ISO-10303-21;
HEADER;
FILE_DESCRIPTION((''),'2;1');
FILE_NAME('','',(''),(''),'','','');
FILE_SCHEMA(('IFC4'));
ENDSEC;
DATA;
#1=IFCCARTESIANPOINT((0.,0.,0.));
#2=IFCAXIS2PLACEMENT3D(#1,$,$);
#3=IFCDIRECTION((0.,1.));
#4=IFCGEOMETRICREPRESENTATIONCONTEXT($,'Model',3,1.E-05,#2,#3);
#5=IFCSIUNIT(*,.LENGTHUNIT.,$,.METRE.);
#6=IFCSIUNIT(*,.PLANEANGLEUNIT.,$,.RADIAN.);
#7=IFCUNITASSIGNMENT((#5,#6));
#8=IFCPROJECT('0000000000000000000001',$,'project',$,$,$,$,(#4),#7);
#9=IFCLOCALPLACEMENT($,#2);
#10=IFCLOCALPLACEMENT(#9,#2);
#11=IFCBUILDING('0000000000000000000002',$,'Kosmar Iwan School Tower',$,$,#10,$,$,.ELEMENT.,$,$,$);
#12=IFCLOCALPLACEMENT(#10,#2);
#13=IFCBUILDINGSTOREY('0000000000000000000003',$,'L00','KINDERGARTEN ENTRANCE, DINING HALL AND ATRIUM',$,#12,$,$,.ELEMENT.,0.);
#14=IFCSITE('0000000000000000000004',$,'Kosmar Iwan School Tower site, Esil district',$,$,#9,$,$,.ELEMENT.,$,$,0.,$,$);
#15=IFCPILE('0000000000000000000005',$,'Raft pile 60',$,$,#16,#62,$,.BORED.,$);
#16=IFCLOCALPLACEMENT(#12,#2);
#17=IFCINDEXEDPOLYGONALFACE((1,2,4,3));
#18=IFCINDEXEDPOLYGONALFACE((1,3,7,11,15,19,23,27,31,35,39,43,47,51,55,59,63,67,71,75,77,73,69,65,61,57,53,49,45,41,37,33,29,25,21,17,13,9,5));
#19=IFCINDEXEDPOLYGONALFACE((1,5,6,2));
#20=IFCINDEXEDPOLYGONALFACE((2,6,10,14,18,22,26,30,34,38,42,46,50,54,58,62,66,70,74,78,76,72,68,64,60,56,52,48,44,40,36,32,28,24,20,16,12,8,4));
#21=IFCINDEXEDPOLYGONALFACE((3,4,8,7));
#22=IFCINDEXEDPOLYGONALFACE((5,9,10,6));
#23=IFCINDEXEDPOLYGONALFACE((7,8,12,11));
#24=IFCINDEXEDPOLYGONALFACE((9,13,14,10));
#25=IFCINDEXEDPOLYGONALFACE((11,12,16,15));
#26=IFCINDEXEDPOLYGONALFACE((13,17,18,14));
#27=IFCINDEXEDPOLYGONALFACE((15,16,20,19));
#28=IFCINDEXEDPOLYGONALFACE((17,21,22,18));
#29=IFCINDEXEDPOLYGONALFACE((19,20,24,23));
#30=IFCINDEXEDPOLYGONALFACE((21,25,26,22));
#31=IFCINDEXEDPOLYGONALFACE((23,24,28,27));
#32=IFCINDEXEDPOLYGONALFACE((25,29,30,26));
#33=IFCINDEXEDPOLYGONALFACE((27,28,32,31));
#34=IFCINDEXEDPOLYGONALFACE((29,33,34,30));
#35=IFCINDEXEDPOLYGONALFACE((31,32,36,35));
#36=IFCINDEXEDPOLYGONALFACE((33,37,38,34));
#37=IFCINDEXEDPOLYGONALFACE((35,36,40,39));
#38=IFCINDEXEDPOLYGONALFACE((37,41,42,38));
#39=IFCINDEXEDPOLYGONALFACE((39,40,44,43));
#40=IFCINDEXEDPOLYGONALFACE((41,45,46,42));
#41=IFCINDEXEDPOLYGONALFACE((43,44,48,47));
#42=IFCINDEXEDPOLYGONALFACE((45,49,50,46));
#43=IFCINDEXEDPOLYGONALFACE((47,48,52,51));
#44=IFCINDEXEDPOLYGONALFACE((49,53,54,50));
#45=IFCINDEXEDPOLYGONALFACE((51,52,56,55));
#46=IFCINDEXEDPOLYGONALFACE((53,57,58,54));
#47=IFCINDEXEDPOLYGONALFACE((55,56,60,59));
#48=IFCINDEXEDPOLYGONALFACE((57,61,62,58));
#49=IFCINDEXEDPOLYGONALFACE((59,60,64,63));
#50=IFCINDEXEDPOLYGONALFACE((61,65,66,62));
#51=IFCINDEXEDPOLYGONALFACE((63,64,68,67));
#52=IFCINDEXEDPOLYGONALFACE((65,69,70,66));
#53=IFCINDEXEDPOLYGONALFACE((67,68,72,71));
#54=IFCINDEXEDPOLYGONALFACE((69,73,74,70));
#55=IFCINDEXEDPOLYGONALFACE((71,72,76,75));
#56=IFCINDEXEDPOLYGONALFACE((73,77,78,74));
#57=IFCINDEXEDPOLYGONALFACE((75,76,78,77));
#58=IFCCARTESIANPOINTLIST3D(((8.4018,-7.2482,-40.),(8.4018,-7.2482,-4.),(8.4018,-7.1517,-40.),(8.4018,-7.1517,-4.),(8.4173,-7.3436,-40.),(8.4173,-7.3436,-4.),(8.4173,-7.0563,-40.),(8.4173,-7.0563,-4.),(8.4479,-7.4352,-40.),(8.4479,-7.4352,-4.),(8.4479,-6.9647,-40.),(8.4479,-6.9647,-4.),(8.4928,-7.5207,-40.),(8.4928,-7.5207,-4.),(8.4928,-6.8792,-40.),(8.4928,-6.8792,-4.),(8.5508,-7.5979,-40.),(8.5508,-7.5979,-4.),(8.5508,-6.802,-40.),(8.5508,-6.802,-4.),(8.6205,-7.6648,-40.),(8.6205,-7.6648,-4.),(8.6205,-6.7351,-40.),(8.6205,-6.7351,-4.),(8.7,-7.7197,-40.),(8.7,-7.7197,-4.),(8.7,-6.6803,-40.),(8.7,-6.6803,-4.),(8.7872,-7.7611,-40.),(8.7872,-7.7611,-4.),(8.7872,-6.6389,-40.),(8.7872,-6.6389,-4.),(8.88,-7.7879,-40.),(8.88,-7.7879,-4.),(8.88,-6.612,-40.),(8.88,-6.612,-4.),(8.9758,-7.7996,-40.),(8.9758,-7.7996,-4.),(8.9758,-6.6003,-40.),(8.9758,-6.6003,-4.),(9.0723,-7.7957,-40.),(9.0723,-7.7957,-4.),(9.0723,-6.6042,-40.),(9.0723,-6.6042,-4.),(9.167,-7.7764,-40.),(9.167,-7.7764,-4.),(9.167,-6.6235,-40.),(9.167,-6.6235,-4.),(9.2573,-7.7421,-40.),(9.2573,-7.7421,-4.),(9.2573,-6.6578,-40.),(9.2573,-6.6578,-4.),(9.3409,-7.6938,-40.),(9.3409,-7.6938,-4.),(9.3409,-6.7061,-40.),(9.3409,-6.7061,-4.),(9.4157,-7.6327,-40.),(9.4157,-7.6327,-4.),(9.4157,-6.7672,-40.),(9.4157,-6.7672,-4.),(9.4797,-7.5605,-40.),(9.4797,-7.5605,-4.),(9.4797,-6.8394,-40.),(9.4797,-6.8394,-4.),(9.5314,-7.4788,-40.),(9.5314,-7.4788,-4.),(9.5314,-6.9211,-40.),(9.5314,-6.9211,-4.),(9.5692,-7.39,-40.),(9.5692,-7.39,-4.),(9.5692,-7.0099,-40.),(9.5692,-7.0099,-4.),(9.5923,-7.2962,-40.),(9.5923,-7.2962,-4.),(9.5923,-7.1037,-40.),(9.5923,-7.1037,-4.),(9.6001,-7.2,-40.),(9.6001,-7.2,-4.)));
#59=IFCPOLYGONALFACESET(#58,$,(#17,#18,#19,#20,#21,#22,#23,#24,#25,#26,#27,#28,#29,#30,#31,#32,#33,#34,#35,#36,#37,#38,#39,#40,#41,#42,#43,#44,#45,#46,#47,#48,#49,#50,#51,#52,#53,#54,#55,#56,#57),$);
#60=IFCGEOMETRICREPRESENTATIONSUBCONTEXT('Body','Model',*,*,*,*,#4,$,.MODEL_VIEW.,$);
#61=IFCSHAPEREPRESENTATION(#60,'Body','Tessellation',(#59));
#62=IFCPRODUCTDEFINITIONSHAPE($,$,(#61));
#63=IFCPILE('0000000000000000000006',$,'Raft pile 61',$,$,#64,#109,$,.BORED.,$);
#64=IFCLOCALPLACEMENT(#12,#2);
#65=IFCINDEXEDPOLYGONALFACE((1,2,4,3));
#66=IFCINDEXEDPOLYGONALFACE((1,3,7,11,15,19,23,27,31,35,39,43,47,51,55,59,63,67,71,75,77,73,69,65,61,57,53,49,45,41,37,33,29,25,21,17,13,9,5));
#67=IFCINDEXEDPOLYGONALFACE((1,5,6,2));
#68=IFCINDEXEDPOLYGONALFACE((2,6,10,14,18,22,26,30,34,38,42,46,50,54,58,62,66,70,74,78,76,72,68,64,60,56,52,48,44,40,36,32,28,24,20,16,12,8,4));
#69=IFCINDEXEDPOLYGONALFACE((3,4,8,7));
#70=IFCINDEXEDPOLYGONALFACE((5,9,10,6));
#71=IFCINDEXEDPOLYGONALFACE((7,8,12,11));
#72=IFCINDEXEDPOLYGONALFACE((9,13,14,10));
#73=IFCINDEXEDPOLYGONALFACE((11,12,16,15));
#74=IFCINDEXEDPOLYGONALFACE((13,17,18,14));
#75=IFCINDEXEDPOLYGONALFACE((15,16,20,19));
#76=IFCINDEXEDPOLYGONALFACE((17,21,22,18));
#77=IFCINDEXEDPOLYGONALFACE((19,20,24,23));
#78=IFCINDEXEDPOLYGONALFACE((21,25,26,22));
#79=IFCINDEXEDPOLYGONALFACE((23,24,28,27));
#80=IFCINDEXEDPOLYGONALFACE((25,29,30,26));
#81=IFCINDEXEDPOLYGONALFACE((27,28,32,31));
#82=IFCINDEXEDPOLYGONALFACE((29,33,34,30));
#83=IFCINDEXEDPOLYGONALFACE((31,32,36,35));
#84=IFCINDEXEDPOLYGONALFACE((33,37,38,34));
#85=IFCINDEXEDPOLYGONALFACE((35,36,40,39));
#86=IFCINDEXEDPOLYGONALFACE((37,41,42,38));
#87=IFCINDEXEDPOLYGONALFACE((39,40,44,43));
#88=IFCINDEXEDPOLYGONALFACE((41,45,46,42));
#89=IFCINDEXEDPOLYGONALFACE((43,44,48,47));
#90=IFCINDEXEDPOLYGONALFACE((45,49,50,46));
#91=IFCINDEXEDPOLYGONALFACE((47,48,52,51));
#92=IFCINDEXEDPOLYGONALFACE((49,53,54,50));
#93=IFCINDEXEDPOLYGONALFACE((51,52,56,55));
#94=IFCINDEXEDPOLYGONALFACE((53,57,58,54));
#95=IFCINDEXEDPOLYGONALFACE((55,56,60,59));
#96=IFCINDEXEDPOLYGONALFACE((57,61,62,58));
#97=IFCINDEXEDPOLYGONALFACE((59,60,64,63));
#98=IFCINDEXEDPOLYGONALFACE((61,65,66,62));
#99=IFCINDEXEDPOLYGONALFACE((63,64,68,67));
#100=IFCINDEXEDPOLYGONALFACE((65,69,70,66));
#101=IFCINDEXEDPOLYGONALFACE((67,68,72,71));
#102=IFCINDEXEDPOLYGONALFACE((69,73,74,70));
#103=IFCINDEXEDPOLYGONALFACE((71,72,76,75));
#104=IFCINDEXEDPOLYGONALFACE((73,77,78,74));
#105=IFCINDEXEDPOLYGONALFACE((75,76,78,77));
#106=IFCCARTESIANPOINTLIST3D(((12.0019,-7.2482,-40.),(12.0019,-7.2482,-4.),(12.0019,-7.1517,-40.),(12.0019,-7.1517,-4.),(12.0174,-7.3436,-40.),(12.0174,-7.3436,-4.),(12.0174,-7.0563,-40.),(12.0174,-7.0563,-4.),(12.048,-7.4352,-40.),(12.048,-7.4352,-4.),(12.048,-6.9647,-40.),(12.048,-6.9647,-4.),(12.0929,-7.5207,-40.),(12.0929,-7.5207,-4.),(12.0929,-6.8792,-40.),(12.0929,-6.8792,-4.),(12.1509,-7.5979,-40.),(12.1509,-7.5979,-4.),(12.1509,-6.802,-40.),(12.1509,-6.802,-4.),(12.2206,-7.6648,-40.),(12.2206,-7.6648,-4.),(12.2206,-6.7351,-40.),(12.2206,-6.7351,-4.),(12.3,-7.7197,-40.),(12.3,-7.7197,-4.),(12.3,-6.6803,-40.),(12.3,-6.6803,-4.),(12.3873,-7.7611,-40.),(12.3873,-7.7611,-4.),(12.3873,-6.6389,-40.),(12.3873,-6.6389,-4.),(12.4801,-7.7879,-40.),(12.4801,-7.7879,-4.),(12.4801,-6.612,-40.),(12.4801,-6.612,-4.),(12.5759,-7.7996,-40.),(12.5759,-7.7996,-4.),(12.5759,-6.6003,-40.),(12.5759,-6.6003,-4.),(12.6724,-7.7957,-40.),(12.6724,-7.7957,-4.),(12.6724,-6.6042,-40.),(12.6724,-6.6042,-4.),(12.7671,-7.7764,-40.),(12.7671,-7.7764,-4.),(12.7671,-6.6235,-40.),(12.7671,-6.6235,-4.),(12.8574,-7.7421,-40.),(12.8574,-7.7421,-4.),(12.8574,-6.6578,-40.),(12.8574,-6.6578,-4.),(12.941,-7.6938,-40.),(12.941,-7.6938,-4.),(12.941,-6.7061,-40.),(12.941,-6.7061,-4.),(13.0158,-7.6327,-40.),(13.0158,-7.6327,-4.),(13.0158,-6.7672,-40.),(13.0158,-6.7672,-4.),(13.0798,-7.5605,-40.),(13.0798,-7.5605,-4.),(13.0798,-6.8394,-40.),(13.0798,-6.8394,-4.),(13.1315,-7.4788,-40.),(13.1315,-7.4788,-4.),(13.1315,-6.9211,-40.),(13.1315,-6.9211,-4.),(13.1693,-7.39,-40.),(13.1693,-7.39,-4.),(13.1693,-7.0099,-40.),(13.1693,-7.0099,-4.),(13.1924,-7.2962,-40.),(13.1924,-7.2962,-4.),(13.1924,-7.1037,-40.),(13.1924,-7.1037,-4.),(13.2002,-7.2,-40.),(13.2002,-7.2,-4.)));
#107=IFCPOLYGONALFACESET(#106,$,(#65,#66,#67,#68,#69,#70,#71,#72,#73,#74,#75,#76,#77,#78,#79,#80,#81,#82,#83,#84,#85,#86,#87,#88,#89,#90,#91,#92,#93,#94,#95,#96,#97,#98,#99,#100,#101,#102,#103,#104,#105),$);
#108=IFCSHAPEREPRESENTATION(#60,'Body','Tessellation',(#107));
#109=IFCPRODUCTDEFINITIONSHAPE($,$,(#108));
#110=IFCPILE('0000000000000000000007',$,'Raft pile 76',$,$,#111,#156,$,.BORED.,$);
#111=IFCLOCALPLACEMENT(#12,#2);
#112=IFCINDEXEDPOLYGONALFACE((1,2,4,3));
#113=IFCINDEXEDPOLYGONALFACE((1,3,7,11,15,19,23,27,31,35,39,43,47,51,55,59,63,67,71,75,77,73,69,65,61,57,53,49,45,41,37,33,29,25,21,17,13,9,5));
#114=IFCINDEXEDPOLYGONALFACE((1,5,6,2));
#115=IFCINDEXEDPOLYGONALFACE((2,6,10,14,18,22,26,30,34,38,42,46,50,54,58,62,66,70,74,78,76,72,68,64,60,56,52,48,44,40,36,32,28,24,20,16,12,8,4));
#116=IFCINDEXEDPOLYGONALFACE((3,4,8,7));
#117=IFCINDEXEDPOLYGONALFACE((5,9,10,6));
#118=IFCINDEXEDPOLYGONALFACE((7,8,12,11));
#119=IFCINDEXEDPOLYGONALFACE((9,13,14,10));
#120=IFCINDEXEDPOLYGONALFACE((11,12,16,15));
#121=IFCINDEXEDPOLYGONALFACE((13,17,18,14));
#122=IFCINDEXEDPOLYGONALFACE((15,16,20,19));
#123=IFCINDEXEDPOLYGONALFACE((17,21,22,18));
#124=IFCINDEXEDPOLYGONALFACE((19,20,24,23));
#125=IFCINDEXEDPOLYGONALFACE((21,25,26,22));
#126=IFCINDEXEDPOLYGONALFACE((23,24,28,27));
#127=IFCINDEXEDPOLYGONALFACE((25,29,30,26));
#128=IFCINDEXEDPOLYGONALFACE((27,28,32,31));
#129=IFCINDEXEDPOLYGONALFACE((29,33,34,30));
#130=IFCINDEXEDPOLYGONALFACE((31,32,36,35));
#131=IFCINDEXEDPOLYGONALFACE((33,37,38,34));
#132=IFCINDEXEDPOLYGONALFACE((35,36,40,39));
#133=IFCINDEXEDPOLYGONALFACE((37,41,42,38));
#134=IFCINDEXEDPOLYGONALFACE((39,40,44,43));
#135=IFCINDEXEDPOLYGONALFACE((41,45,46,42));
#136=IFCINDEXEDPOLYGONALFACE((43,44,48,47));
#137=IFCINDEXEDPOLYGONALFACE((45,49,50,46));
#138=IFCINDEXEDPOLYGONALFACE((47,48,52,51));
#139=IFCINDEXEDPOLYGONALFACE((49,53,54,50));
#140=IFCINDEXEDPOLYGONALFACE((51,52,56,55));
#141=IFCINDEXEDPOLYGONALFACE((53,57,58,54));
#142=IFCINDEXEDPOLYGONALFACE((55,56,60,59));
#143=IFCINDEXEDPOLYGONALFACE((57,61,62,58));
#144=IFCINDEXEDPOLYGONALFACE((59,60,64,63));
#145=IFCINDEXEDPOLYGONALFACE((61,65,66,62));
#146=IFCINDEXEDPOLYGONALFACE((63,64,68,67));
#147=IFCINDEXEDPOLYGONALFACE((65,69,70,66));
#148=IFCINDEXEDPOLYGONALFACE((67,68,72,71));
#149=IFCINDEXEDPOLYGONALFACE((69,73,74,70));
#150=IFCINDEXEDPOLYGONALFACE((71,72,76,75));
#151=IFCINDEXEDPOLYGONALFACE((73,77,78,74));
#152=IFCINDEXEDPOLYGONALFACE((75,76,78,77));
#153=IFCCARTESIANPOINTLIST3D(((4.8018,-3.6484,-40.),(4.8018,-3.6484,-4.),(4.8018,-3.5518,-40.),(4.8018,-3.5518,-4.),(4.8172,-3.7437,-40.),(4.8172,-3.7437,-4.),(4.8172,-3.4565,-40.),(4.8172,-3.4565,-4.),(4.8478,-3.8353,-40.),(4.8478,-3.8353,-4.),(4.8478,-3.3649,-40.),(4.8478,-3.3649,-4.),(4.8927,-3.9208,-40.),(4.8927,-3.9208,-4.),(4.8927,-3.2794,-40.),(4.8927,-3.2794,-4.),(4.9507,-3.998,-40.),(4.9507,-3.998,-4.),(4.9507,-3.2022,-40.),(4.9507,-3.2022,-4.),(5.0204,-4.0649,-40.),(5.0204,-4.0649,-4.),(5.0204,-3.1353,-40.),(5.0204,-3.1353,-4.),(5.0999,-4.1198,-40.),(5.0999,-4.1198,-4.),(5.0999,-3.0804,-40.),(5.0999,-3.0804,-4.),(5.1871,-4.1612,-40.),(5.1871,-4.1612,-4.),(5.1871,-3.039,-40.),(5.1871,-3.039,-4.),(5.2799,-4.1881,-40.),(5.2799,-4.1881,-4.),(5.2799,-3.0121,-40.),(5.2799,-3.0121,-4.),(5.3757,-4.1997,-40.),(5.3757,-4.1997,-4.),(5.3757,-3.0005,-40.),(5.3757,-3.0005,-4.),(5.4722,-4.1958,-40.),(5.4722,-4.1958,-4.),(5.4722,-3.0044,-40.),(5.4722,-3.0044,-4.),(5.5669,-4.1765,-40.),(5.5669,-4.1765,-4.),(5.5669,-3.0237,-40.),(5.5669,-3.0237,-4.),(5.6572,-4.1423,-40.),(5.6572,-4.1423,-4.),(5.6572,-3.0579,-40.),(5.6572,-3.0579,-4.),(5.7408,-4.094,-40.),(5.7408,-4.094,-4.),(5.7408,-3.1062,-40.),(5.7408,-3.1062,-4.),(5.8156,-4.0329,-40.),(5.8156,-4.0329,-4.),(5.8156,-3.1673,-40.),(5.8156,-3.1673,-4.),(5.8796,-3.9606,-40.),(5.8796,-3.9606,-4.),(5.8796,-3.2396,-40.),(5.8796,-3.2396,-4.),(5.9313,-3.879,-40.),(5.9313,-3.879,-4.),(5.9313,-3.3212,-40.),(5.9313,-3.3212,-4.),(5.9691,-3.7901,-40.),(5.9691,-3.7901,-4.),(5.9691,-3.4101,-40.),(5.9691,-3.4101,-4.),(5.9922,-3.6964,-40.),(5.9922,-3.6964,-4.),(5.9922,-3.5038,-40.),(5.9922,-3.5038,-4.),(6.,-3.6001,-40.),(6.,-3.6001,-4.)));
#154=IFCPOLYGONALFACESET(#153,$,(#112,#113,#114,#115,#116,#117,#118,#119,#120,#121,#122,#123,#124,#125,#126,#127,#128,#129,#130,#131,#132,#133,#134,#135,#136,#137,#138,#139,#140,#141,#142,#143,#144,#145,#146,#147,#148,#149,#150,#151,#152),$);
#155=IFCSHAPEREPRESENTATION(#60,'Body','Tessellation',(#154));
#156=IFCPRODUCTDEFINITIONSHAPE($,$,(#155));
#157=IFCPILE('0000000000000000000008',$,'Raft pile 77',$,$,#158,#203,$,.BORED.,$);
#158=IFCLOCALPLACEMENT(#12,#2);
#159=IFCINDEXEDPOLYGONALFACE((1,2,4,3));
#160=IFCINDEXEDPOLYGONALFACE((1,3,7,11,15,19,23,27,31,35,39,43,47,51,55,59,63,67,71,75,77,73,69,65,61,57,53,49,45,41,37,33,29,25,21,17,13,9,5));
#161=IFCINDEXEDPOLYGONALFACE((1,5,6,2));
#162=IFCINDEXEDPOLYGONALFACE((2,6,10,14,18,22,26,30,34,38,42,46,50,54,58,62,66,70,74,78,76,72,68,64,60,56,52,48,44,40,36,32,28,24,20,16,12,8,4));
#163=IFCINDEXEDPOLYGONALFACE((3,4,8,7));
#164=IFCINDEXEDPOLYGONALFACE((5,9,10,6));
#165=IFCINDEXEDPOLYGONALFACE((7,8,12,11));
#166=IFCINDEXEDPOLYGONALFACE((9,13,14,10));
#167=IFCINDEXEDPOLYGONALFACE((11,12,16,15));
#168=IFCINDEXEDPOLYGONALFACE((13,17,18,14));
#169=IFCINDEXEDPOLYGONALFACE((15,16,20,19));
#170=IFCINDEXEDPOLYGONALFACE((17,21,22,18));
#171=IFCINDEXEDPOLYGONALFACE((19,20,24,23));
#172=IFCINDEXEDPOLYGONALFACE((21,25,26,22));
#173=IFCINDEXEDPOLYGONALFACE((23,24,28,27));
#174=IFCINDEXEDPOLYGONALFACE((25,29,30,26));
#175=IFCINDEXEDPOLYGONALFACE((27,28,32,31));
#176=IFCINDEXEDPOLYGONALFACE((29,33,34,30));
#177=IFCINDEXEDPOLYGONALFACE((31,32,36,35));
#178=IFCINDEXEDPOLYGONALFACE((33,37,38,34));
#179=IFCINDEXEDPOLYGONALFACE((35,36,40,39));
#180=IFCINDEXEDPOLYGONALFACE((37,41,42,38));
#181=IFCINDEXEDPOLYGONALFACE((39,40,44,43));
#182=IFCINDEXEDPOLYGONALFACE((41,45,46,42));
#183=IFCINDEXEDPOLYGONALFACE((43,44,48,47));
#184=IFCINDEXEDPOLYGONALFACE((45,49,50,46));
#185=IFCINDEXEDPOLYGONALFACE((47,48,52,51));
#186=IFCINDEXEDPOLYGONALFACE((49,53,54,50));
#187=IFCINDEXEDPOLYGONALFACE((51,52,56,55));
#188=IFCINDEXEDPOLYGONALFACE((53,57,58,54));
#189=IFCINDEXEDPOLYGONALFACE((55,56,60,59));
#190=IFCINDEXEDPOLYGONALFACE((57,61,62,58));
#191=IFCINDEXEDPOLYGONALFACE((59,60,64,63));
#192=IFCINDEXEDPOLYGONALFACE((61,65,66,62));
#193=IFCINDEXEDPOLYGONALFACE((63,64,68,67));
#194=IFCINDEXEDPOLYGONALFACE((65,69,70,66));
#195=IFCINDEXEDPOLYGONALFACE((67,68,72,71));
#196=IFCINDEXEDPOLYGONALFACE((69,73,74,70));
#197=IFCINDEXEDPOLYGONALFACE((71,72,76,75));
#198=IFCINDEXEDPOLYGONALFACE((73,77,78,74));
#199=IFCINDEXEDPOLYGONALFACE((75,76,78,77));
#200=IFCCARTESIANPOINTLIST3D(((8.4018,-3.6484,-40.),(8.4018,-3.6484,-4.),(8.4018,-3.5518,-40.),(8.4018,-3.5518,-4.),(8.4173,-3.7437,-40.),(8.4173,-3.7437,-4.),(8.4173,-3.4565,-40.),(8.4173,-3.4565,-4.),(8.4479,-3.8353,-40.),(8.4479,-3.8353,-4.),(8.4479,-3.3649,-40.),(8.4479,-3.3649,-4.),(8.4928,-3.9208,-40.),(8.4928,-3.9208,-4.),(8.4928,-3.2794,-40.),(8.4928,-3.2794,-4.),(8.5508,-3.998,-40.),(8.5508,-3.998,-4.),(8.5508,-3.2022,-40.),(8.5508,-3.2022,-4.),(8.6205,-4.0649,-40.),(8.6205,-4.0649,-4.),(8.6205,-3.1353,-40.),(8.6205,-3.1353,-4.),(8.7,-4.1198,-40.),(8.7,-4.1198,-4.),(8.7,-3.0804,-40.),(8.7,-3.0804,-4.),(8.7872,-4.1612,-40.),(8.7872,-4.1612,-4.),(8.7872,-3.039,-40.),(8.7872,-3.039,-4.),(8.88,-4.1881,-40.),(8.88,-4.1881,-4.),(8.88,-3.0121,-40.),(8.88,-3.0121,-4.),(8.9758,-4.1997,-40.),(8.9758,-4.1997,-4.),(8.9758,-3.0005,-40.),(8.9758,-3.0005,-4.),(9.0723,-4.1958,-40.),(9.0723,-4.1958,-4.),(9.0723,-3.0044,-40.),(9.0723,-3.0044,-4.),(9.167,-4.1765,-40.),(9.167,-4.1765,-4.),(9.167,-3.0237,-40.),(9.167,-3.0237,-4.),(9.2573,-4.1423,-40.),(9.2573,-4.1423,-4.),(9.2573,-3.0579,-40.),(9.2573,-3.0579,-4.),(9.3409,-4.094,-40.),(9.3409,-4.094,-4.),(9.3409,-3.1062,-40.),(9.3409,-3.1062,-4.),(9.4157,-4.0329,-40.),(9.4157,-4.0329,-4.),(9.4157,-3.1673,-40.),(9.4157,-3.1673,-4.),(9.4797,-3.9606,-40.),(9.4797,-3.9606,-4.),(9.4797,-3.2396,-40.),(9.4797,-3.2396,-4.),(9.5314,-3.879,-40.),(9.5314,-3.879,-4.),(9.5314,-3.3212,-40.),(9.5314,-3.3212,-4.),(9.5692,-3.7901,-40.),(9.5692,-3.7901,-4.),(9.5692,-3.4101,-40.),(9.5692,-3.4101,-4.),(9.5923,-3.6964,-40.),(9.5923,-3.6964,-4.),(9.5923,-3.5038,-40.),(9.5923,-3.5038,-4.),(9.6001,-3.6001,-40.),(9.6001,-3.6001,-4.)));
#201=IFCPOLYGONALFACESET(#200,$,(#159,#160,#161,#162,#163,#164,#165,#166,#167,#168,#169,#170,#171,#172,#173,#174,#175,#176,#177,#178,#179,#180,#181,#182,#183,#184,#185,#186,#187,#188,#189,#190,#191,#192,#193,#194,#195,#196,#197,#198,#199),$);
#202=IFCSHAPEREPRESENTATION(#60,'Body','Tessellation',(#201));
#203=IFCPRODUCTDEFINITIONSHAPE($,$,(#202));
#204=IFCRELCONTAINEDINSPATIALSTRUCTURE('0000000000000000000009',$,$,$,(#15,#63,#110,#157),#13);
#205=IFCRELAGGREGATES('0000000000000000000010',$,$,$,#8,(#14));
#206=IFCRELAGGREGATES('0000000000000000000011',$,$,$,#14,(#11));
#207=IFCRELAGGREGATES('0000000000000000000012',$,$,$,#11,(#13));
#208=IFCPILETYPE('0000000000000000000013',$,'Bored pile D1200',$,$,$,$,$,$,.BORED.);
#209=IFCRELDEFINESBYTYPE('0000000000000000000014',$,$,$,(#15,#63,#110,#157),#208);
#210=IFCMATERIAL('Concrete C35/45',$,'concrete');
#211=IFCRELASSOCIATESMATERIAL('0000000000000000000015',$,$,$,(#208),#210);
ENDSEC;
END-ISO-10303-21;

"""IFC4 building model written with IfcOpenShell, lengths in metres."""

from ifc_helpers import new_model, si_unit, direction, frame, origin, origin_2d, place, context, subcontext, project, spatial, circle, extrude, material, material_profile, profile_set, type_object, element, save


model = new_model("IFC4")

# Units and contexts
model_context = context("Model", 3, precision=1e-05, world=origin(), true_north=direction((0.0, 1.0)))
body_context = subcontext(model_context, "Body", "Model", "MODEL_VIEW")
ifc_project = project(units=[si_unit("LENGTHUNIT", "METRE"), si_unit("PLANEANGLEUNIT", "RADIAN")], contexts=[model_context])

# Site, building, storey
site_placement = place(None, origin())
site = spatial("IfcSite", under=ifc_project, at=site_placement, Name="Kosmar Iwan School Tower site, Esil district", CompositionType="ELEMENT", RefElevation=0.0)
building_placement = place(site_placement, origin())
building = spatial("IfcBuilding", under=site, at=building_placement, Name="Kosmar Iwan School Tower", CompositionType="ELEMENT")
storey_placement = place(building_placement, origin())
storey = spatial("IfcBuildingStorey", under=building, at=storey_placement, Name="L00", Description="KINDERGARTEN ENTRANCE, DINING HALL AND ATRIUM", CompositionType="ELEMENT", Elevation=0.0)

# Piles
ifc_material_1 = material(Name="Concrete C35/45", Category="concrete")
ifc_material_profile_1 = material_profile(ifc_material_1, circle(Radius=0.6001, at=origin_2d()), Name="D1200")
ifc_profile_set_1 = profile_set([ifc_material_profile_1], Name="Concrete C35/45")
pile_type = type_object("IfcPileType", Name="Bored pile D1200", PredefinedType="BORED", material=ifc_profile_set_1)
for number, where, z_axis, x_axis, name in (
    (1, (9.0, -7.2, -4.0), (0.0, 0.0, -1.0), (1.0, 0.0, 0.0), "Raft pile 60"),
    (2, (12.6001, -7.2, -4.0), (0.0, 0.0, -1.0), (1.0, 0.0, 0.0), "Raft pile 61"),
    (3, (5.3999, -3.6001, -4.0), (0.0, 0.0, -1.0), (1.0, 0.0, 0.0), "Raft pile 76"),
    (4, (9.0, -3.6001, -4.0), (0.0, 0.0, -1.0), (1.0, 0.0, 0.0), "Raft pile 77"),
):
    element("IfcPile", number, at=place(storey_placement, frame(where, z_axis=z_axis, x_axis=x_axis)), inside=storey, type_object=pile_type, Name=name, PredefinedType="BORED", context=body_context, shape_type="SweptSolid", body=[
        extrude(circle(Radius=0.6001, at=origin_2d()), origin(), (0.0, 0.0, 1.0), 36.0),
    ])

save(model, "model.ifc")
